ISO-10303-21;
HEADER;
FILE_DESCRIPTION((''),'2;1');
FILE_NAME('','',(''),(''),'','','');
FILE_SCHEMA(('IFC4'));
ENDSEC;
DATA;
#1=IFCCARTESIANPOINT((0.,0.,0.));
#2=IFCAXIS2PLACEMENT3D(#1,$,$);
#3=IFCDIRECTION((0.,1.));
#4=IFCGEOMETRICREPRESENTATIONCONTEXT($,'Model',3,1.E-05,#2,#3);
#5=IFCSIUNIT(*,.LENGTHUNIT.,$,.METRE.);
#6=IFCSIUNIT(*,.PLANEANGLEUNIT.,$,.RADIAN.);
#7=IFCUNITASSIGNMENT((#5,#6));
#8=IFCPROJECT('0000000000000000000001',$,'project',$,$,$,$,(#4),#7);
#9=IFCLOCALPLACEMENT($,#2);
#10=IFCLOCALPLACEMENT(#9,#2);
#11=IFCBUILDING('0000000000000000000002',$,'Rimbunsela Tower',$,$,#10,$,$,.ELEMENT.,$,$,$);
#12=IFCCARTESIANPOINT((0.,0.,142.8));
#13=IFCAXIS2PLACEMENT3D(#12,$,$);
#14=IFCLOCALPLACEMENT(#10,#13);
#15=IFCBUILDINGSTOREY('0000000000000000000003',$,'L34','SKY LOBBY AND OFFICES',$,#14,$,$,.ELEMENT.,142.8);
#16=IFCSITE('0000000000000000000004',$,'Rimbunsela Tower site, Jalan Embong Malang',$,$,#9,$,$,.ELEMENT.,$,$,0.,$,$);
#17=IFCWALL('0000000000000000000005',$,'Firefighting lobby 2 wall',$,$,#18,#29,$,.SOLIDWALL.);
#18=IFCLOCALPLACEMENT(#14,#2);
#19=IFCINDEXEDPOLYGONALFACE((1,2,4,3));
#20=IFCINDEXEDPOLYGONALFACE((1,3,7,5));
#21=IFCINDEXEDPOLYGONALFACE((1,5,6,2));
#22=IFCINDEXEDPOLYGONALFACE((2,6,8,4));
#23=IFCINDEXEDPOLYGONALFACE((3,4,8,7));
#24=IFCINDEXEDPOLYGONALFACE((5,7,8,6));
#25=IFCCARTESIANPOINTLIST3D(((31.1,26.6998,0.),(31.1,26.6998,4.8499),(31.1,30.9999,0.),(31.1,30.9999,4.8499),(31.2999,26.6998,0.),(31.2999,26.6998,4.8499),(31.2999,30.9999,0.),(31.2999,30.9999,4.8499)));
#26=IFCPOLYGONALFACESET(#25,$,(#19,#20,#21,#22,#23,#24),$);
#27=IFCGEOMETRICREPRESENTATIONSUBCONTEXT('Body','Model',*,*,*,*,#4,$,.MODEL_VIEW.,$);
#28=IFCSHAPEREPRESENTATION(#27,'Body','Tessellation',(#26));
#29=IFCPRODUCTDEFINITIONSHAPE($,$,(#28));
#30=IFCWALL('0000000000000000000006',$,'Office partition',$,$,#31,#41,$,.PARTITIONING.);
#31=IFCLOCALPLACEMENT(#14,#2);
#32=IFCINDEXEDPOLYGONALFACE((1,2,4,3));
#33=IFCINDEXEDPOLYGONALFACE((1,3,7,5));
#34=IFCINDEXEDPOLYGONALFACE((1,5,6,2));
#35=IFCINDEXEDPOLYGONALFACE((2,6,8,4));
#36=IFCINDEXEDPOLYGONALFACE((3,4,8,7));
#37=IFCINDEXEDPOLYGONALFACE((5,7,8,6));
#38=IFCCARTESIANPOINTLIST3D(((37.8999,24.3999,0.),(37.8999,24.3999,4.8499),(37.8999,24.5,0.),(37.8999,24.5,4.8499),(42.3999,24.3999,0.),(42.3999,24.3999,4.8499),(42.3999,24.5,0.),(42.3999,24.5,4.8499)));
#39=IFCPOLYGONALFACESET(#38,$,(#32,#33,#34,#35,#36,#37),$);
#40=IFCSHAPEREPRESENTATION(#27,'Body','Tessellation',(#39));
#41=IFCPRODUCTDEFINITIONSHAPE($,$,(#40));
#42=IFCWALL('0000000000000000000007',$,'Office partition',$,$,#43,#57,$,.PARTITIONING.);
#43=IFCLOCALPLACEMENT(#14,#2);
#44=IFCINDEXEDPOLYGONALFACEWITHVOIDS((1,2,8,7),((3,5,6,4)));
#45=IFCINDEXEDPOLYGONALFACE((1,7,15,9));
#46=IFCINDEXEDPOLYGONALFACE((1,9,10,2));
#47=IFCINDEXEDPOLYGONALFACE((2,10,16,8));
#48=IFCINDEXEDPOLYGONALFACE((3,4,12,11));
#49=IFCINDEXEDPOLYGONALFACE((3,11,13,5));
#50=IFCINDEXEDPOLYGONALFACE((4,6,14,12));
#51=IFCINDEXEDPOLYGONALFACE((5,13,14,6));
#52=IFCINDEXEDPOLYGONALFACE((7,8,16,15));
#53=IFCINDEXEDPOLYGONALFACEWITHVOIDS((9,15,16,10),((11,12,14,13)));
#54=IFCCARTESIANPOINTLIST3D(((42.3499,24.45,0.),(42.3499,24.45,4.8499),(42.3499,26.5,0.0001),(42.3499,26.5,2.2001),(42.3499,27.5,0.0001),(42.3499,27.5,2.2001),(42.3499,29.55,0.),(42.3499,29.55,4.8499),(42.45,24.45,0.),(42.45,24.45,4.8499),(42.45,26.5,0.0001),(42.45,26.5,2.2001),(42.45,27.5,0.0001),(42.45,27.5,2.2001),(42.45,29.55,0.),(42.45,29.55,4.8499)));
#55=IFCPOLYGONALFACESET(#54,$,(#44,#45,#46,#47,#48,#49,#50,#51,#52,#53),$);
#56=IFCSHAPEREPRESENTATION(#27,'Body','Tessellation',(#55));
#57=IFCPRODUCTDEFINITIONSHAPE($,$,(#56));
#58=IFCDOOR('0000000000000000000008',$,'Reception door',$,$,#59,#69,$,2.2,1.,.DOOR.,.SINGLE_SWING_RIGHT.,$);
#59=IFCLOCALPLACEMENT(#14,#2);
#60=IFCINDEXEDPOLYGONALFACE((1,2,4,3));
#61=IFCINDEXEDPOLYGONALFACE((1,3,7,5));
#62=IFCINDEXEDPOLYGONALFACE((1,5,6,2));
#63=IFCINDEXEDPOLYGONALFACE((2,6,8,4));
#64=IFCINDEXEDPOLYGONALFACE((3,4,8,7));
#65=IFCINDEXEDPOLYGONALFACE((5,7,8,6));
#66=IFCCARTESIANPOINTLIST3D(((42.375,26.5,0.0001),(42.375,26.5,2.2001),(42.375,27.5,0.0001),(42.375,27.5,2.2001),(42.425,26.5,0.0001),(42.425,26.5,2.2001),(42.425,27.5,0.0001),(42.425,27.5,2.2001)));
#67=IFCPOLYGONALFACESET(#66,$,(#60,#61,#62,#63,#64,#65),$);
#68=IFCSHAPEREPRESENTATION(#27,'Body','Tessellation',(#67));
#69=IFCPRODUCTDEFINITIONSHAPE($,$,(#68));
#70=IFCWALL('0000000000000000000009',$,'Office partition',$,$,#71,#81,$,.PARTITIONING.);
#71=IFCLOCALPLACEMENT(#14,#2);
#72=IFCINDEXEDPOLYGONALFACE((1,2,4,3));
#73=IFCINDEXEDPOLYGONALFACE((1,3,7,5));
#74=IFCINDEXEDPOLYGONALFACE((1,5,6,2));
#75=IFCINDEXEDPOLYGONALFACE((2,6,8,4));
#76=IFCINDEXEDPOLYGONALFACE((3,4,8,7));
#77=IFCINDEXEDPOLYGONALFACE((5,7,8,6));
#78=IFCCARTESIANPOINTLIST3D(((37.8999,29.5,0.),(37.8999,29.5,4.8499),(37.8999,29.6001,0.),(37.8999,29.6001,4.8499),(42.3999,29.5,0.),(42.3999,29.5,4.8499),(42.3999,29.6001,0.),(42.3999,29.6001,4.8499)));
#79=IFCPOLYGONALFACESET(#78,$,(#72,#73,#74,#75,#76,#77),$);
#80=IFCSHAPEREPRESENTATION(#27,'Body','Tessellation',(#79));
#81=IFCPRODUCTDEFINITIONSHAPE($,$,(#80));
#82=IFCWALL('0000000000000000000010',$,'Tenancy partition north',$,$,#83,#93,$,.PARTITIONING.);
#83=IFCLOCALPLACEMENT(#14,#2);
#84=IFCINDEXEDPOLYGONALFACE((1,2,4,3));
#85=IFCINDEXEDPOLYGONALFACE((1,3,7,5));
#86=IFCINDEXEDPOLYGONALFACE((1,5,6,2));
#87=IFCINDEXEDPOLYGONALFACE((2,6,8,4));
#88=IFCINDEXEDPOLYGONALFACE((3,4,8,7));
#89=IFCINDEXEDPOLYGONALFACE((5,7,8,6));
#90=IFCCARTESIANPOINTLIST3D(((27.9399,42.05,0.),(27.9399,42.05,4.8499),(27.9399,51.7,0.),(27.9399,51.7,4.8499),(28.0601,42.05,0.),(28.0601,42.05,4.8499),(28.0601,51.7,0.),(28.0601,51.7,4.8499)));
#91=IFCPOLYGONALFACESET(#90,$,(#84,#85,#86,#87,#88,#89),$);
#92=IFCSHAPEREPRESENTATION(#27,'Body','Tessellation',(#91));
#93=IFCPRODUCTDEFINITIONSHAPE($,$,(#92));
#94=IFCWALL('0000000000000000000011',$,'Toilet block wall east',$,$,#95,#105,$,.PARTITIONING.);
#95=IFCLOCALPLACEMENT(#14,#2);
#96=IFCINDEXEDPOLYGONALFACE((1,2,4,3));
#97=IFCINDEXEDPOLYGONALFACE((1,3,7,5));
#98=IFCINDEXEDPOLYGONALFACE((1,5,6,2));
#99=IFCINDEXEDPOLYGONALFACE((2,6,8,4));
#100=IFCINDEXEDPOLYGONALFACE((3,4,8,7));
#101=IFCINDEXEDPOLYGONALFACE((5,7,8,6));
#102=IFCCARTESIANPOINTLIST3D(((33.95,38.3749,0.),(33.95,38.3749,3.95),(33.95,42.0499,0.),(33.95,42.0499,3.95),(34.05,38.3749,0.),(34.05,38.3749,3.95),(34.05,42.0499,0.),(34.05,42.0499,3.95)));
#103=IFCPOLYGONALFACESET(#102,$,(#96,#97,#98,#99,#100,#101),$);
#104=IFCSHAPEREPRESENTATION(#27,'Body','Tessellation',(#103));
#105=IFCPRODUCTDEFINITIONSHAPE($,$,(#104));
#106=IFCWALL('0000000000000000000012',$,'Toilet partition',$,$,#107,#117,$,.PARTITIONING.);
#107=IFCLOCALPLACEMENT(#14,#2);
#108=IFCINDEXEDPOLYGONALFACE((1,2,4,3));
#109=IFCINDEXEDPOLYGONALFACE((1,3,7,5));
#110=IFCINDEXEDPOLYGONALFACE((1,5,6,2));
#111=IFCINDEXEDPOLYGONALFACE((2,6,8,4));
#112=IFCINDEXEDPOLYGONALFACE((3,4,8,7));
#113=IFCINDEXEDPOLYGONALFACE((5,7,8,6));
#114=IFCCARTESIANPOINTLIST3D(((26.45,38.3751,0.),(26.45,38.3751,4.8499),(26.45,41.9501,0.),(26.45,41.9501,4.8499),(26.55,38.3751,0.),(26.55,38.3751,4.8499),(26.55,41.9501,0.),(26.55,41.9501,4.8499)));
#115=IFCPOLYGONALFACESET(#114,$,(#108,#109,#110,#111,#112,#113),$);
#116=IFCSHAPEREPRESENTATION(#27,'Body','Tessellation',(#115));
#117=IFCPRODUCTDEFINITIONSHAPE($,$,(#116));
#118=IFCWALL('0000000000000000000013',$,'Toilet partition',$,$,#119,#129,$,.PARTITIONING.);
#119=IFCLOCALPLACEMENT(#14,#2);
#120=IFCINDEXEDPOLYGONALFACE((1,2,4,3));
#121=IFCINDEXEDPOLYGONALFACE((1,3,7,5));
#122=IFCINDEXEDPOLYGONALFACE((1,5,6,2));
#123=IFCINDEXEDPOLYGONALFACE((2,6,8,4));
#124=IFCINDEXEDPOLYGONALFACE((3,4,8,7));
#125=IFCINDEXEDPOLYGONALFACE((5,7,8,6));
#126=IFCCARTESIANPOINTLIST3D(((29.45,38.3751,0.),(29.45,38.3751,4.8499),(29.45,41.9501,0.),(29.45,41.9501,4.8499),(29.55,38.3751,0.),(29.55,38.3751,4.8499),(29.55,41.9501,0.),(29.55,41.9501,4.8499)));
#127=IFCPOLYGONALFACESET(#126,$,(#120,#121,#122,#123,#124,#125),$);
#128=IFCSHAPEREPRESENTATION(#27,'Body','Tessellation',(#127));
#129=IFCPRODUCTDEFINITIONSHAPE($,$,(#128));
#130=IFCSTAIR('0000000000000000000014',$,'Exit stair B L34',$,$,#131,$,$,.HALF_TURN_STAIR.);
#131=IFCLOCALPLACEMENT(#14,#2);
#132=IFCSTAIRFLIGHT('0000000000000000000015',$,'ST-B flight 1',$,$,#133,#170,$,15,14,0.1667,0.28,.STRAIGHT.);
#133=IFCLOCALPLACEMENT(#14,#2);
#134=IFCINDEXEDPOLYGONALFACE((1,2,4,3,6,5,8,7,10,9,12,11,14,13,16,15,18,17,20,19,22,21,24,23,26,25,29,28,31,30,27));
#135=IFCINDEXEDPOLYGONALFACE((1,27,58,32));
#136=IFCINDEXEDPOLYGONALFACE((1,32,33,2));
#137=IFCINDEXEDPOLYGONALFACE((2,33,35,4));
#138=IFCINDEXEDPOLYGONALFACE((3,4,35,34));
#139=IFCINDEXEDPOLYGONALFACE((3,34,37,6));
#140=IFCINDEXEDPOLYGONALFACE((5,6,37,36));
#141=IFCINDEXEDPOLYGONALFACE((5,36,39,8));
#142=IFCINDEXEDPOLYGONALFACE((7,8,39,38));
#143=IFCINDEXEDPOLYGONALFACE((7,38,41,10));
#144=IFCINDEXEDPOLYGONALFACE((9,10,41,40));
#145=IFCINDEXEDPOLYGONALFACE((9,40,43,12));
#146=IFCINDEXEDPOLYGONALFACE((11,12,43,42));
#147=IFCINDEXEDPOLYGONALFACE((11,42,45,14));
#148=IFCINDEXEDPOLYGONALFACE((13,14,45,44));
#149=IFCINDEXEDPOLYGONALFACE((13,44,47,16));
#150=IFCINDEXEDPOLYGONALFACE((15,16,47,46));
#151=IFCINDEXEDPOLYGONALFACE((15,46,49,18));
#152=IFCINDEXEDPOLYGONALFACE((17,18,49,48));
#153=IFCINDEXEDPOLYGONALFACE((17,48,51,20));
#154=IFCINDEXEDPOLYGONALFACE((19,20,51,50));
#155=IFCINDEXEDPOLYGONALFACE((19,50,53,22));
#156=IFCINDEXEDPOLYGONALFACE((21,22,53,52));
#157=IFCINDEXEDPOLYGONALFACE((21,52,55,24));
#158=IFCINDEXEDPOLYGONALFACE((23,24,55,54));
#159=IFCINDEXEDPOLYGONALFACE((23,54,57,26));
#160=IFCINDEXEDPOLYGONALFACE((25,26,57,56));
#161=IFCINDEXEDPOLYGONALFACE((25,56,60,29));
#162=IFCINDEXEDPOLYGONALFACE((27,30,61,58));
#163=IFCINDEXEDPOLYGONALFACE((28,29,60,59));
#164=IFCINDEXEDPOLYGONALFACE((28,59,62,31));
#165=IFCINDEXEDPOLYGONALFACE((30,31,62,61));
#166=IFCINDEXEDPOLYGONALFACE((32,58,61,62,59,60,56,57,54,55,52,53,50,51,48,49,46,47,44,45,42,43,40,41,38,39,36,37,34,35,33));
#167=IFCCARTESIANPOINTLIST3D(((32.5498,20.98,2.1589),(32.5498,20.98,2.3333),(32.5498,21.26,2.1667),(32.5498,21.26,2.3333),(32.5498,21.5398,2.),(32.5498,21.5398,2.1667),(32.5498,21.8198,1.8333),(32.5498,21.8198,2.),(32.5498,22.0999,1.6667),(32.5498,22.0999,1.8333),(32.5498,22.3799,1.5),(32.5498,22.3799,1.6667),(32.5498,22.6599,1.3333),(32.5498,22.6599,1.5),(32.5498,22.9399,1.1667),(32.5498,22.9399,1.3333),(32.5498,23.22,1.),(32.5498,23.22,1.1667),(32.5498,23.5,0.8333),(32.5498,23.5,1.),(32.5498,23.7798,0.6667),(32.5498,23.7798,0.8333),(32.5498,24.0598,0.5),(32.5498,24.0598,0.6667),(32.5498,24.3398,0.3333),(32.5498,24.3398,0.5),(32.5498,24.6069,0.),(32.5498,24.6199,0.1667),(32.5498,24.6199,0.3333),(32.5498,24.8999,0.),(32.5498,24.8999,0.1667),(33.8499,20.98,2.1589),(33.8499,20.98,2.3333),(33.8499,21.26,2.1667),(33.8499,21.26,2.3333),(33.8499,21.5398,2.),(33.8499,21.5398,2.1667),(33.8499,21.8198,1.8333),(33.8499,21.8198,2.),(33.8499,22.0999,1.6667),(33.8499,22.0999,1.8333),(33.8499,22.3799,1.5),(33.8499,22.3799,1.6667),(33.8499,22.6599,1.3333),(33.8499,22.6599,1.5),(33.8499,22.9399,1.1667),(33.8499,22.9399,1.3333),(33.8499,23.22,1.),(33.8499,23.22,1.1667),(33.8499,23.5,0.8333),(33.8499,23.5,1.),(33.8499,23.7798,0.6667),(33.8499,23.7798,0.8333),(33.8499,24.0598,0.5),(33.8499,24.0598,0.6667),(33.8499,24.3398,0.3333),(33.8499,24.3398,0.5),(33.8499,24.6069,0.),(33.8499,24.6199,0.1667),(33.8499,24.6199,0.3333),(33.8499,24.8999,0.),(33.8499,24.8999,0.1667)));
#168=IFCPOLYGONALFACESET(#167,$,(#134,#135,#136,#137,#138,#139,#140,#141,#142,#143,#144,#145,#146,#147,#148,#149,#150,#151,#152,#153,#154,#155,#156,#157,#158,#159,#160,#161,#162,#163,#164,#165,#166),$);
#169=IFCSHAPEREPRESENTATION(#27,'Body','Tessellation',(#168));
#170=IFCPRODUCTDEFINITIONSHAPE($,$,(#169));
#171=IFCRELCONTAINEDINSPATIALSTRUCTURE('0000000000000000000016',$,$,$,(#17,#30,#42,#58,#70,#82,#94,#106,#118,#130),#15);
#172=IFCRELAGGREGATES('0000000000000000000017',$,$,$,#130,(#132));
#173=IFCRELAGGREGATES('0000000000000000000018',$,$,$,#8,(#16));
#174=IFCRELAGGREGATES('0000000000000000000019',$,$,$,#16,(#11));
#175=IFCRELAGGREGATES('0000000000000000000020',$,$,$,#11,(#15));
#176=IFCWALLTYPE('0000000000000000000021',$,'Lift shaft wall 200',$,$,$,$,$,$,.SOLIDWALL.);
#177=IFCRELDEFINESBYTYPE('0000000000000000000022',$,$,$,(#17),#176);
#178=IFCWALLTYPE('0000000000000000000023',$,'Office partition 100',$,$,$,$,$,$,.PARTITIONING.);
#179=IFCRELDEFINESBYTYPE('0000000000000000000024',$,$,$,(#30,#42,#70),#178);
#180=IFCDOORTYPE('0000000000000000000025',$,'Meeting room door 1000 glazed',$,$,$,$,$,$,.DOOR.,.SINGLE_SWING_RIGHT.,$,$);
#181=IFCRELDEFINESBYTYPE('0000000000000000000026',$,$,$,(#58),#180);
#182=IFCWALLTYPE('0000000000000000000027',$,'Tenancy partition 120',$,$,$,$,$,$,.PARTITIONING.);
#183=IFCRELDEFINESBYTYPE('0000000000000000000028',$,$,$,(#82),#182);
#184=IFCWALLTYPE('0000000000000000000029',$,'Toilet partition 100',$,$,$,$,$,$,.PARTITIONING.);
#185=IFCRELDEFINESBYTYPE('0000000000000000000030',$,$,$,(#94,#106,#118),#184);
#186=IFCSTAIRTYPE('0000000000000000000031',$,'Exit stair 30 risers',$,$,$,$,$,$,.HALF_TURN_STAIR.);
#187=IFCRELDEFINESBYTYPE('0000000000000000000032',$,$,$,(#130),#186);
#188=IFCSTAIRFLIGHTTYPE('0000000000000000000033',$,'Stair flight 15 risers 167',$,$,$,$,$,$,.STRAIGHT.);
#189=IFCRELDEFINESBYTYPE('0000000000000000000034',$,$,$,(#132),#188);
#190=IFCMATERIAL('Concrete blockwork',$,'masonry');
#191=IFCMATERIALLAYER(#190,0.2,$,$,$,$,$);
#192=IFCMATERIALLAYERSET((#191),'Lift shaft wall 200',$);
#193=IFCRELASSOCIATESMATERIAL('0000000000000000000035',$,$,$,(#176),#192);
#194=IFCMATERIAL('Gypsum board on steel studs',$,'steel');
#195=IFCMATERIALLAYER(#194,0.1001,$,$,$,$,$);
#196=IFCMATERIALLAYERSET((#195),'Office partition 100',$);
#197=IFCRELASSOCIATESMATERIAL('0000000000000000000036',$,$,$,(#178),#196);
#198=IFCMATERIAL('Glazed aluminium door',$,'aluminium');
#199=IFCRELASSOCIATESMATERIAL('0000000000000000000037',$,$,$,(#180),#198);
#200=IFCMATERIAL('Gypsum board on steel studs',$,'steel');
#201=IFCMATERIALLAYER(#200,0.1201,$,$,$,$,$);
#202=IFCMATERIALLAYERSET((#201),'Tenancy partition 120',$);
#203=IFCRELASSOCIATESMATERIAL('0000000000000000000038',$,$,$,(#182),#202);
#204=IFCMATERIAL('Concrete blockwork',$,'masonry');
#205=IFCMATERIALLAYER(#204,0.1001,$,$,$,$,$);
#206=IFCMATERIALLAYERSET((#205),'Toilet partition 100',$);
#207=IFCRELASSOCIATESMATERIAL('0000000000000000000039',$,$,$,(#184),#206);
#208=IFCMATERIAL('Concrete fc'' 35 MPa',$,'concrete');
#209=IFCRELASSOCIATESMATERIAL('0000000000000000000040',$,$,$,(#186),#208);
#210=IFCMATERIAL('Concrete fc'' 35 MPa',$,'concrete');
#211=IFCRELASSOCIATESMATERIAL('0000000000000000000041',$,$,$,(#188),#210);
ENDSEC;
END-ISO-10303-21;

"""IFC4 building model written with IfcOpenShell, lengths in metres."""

from ifc_helpers import new_model, si_unit, direction, frame, frame_2d, origin, place, context, subcontext, project, spatial, polyline, rectangle, outline, extrude, material, layer, layer_set, type_object, element, fill, aggregate, save


model = new_model("IFC4")

# Units and contexts
model_context = context("Model", 3, precision=1e-05, world=origin(), true_north=direction((0.0, 1.0)))
body_context = subcontext(model_context, "Body", "Model", "MODEL_VIEW")
ifc_project = project(units=[si_unit("LENGTHUNIT", "METRE"), si_unit("PLANEANGLEUNIT", "RADIAN")], contexts=[model_context])

# Site, building, storey
site_placement = place(None, origin())
site = spatial("IfcSite", under=ifc_project, at=site_placement, Name="Rimbunsela Tower site, Jalan Embong Malang", CompositionType="ELEMENT", RefElevation=0.0)
building_placement = place(site_placement, origin())
building = spatial("IfcBuilding", under=site, at=building_placement, Name="Rimbunsela Tower", CompositionType="ELEMENT")
storey_placement = place(building_placement, frame((0.0, 0.0, 142.8)))
storey = spatial("IfcBuildingStorey", under=building, at=storey_placement, Name="L34", Description="SKY LOBBY AND OFFICES", CompositionType="ELEMENT", Elevation=142.8)

# Walls
ifc_material_1 = material(Name="Concrete blockwork", Category="masonry")
ifc_layer_1 = layer(ifc_material_1, 0.2)
ifc_layer_set_1 = layer_set([ifc_layer_1], Name="Lift shaft wall 200")
wall_type_1 = type_object("IfcWallType", Name="Lift shaft wall 200", PredefinedType="SOLIDWALL", material=ifc_layer_set_1)
wall_1_placement = place(storey_placement, frame((31.2, 26.7, 0.0), z_axis=(0.0, 0.0, 1.0), x_axis=(0.0, 1.0, 0.0)))
element("IfcWall", 1, at=wall_1_placement, inside=storey, type_object=wall_type_1, Name="Firefighting lobby 2 wall", PredefinedType="SOLIDWALL", context=body_context, shape_type="SweptSolid", body=[
    extrude(rectangle(XDim=4.3, YDim=0.2, at=frame_2d((2.1499, 0.0))), origin(), (0.0, 0.0, 1.0), 4.8499),
])
ifc_material_2 = material(Name="Gypsum board on steel studs", Category="steel")
ifc_layer_2 = layer(ifc_material_2, 0.1001)
ifc_layer_set_2 = layer_set([ifc_layer_2], Name="Office partition 100")
wall_type_2 = type_object("IfcWallType", Name="Office partition 100", PredefinedType="PARTITIONING", material=ifc_layer_set_2)
wall_2_placement = place(storey_placement, frame((37.8999, 24.45, 0.0), z_axis=(0.0, 0.0, 1.0), x_axis=(1.0, 0.0, 0.0)))
element("IfcWall", 2, at=wall_2_placement, inside=storey, type_object=wall_type_2, Name="Office partition", PredefinedType="PARTITIONING", context=body_context, shape_type="SweptSolid", body=[
    extrude(rectangle(XDim=4.5, YDim=0.1001, at=frame_2d((2.25, 0.0))), origin(), (0.0, 0.0, 1.0), 4.8499),
])

# Wall, opening, door
wall_3_placement = place(storey_placement, frame((42.3999, 24.45, 0.0), z_axis=(0.0, 0.0, 1.0), x_axis=(0.0, 1.0, 0.0)))
wall_3 = element("IfcWall", 3, at=wall_3_placement, inside=storey, type_object=wall_type_2, Name="Office partition", PredefinedType="PARTITIONING", context=body_context, shape_type="SweptSolid", body=[
    extrude(rectangle(XDim=5.1001, YDim=0.1001, at=frame_2d((2.55, 0.0))), origin(), (0.0, 0.0, 1.0), 4.8499),
])
opening_placement = place(wall_3_placement, frame((2.05, 0.0, 0.0)))
opening = element("IfcOpeningElement", 4, at=opening_placement, cuts=wall_3, PredefinedType="OPENING", context=body_context, shape_type="SweptSolid", body=[
    extrude(rectangle(XDim=1.0, YDim=2.2, at=frame_2d((0.5, 1.1001))), frame((0.0, 0.0601, 0.0), z_axis=(0.0, -1.0, 0.0), x_axis=(1.0, 0.0, 0.0)), (0.0, 0.0, 1.0), 0.1201),
])
ifc_material_3 = material(Name="Glazed aluminium door", Category="aluminium")
door_type = type_object("IfcDoorType", Name="Meeting room door 1000 glazed", OperationType="SINGLE_SWING_RIGHT", PredefinedType="DOOR", material=ifc_material_3)
door_placement = place(opening_placement, origin())
door = element("IfcDoor", 5, at=door_placement, inside=storey, type_object=door_type, Name="Reception door", OperationType="SINGLE_SWING_RIGHT", OverallHeight=2.2, OverallWidth=1.0, PredefinedType="DOOR", context=body_context, shape_type="SweptSolid", body=[
    extrude(rectangle(XDim=1.0, YDim=2.2, at=frame_2d((0.5, 1.1001))), frame((0.0, 0.0249, 0.0), z_axis=(0.0, -1.0, 0.0), x_axis=(1.0, 0.0, 0.0)), (0.0, 0.0, 1.0), 0.05),
])
fill(opening, door)

# Walls
wall_4_placement = place(storey_placement, frame((42.3999, 29.55, 0.0), z_axis=(0.0, 0.0, 1.0), x_axis=(-1.0, 0.0, 0.0)))
element("IfcWall", 6, at=wall_4_placement, inside=storey, type_object=wall_type_2, Name="Office partition", PredefinedType="PARTITIONING", context=body_context, shape_type="SweptSolid", body=[
    extrude(rectangle(XDim=4.5, YDim=0.1001, at=frame_2d((2.25, 0.0))), origin(), (0.0, 0.0, 1.0), 4.8499),
])
ifc_material_4 = material(Name="Gypsum board on steel studs", Category="steel")
ifc_layer_3 = layer(ifc_material_4, 0.1201)
ifc_layer_set_3 = layer_set([ifc_layer_3], Name="Tenancy partition 120")
wall_type_3 = type_object("IfcWallType", Name="Tenancy partition 120", PredefinedType="PARTITIONING", material=ifc_layer_set_3)
wall_5_placement = place(storey_placement, frame((28.0, 42.05, 0.0), z_axis=(0.0, 0.0, 1.0), x_axis=(0.0, 1.0, 0.0)))
element("IfcWall", 7, at=wall_5_placement, inside=storey, type_object=wall_type_3, Name="Tenancy partition north", PredefinedType="PARTITIONING", context=body_context, shape_type="SweptSolid", body=[
    extrude(rectangle(XDim=9.6499, YDim=0.1201, at=frame_2d((4.825, 0.0))), origin(), (0.0, 0.0, 1.0), 4.8499),
])
ifc_material_5 = material(Name="Concrete blockwork", Category="masonry")
ifc_layer_4 = layer(ifc_material_5, 0.1001)
ifc_layer_set_4 = layer_set([ifc_layer_4], Name="Toilet partition 100")
wall_type_4 = type_object("IfcWallType", Name="Toilet partition 100", PredefinedType="PARTITIONING", material=ifc_layer_set_4)
wall_6_placement = place(storey_placement, frame((34.0, 38.375, 0.0), z_axis=(0.0, 0.0, 1.0), x_axis=(0.0, 1.0, 0.0)))
element("IfcWall", 8, at=wall_6_placement, inside=storey, type_object=wall_type_4, Name="Toilet block wall east", PredefinedType="PARTITIONING", context=body_context, shape_type="SweptSolid", body=[
    extrude(rectangle(XDim=3.675, YDim=0.1001, at=frame_2d((1.8374, 0.0))), origin(), (0.0, 0.0, 1.0), 3.95),
])
for number, where, z_axis, x_axis, name in (
    (9, (26.5, 38.375, 0.0), (0.0, 0.0, 1.0), (0.0, 1.0, 0.0), "Toilet partition"),
    (10, (29.5, 38.375, 0.0), (0.0, 0.0, 1.0), (0.0, 1.0, 0.0), "Toilet partition"),
):
    element("IfcWall", number, at=place(storey_placement, frame(where, z_axis=z_axis, x_axis=x_axis)), inside=storey, type_object=wall_type_4, Name=name, PredefinedType="PARTITIONING", context=body_context, shape_type="SweptSolid", body=[
        extrude(rectangle(XDim=3.575, YDim=0.1001, at=frame_2d((1.7876, 0.0))), origin(), (0.0, 0.0, 1.0), 4.8499),
    ])

# Stair, stair flight
ifc_material_6 = material(Name="Concrete fc' 35 MPa", Category="concrete")
stair_type = type_object("IfcStairType", Name="Exit stair 30 risers", PredefinedType="HALF_TURN_STAIR", material=ifc_material_6)
stair_placement = place(storey_placement, origin())
stair = element("IfcStair", 11, at=stair_placement, inside=storey, type_object=stair_type, Name="Exit stair B L34", PredefinedType="HALF_TURN_STAIR")
ifc_material_7 = material(Name="Concrete fc' 35 MPa", Category="concrete")
stair_flight_type = type_object("IfcStairFlightType", Name="Stair flight 15 risers 167", PredefinedType="STRAIGHT", material=ifc_material_7)
stair_flight_placement = place(storey_placement, frame((33.2, 24.8999, 0.0), z_axis=(0.0, 0.0, 1.0), x_axis=(0.0, -1.0, 0.0)))
stair_flight = element("IfcStairFlight", 12, at=stair_flight_placement, type_object=stair_flight_type, Name="ST-B flight 1", NumberOfRisers=15, NumberOfTreads=14, PredefinedType="STRAIGHT", RiserHeight=0.1667, TreadLength=0.28, context=body_context, shape_type="SweptSolid", body=[
    extrude(outline(polyline([(0.0, 0.0), (0.0, 0.1667), (0.28, 0.1667), (0.28, 0.3333), (0.5601, 0.3333), (0.5601, 0.5), (0.8401, 0.5), (0.8401, 0.6667), (1.1201, 0.6667), (1.1201, 0.8333), (1.3999, 0.8333), (1.3999, 1.0), (1.6799, 1.0), (1.6799, 1.1667), (1.96, 1.1667), (1.96, 1.3333), (2.24, 1.3333), (2.24, 1.5), (2.52, 1.5), (2.52, 1.6667), (2.8, 1.6667), (2.8, 1.8333), (3.0801, 1.8333), (3.0801, 2.0), (3.3601, 2.0), (3.3601, 2.1667), (3.6399, 2.1667), (3.6399, 2.3333), (3.9199, 2.3333), (3.9199, 2.5), (3.9199, 2.1589), (0.293, 0.0), (0.0, 0.0)])), frame((0.0, 0.6499, 0.0), z_axis=(0.0, -1.0, 0.0), x_axis=(1.0, 0.0, 0.0)), (0.0, 0.0, 1.0), 1.3),
])
aggregate(stair, [stair_flight])

save(model, "model.ifc")
